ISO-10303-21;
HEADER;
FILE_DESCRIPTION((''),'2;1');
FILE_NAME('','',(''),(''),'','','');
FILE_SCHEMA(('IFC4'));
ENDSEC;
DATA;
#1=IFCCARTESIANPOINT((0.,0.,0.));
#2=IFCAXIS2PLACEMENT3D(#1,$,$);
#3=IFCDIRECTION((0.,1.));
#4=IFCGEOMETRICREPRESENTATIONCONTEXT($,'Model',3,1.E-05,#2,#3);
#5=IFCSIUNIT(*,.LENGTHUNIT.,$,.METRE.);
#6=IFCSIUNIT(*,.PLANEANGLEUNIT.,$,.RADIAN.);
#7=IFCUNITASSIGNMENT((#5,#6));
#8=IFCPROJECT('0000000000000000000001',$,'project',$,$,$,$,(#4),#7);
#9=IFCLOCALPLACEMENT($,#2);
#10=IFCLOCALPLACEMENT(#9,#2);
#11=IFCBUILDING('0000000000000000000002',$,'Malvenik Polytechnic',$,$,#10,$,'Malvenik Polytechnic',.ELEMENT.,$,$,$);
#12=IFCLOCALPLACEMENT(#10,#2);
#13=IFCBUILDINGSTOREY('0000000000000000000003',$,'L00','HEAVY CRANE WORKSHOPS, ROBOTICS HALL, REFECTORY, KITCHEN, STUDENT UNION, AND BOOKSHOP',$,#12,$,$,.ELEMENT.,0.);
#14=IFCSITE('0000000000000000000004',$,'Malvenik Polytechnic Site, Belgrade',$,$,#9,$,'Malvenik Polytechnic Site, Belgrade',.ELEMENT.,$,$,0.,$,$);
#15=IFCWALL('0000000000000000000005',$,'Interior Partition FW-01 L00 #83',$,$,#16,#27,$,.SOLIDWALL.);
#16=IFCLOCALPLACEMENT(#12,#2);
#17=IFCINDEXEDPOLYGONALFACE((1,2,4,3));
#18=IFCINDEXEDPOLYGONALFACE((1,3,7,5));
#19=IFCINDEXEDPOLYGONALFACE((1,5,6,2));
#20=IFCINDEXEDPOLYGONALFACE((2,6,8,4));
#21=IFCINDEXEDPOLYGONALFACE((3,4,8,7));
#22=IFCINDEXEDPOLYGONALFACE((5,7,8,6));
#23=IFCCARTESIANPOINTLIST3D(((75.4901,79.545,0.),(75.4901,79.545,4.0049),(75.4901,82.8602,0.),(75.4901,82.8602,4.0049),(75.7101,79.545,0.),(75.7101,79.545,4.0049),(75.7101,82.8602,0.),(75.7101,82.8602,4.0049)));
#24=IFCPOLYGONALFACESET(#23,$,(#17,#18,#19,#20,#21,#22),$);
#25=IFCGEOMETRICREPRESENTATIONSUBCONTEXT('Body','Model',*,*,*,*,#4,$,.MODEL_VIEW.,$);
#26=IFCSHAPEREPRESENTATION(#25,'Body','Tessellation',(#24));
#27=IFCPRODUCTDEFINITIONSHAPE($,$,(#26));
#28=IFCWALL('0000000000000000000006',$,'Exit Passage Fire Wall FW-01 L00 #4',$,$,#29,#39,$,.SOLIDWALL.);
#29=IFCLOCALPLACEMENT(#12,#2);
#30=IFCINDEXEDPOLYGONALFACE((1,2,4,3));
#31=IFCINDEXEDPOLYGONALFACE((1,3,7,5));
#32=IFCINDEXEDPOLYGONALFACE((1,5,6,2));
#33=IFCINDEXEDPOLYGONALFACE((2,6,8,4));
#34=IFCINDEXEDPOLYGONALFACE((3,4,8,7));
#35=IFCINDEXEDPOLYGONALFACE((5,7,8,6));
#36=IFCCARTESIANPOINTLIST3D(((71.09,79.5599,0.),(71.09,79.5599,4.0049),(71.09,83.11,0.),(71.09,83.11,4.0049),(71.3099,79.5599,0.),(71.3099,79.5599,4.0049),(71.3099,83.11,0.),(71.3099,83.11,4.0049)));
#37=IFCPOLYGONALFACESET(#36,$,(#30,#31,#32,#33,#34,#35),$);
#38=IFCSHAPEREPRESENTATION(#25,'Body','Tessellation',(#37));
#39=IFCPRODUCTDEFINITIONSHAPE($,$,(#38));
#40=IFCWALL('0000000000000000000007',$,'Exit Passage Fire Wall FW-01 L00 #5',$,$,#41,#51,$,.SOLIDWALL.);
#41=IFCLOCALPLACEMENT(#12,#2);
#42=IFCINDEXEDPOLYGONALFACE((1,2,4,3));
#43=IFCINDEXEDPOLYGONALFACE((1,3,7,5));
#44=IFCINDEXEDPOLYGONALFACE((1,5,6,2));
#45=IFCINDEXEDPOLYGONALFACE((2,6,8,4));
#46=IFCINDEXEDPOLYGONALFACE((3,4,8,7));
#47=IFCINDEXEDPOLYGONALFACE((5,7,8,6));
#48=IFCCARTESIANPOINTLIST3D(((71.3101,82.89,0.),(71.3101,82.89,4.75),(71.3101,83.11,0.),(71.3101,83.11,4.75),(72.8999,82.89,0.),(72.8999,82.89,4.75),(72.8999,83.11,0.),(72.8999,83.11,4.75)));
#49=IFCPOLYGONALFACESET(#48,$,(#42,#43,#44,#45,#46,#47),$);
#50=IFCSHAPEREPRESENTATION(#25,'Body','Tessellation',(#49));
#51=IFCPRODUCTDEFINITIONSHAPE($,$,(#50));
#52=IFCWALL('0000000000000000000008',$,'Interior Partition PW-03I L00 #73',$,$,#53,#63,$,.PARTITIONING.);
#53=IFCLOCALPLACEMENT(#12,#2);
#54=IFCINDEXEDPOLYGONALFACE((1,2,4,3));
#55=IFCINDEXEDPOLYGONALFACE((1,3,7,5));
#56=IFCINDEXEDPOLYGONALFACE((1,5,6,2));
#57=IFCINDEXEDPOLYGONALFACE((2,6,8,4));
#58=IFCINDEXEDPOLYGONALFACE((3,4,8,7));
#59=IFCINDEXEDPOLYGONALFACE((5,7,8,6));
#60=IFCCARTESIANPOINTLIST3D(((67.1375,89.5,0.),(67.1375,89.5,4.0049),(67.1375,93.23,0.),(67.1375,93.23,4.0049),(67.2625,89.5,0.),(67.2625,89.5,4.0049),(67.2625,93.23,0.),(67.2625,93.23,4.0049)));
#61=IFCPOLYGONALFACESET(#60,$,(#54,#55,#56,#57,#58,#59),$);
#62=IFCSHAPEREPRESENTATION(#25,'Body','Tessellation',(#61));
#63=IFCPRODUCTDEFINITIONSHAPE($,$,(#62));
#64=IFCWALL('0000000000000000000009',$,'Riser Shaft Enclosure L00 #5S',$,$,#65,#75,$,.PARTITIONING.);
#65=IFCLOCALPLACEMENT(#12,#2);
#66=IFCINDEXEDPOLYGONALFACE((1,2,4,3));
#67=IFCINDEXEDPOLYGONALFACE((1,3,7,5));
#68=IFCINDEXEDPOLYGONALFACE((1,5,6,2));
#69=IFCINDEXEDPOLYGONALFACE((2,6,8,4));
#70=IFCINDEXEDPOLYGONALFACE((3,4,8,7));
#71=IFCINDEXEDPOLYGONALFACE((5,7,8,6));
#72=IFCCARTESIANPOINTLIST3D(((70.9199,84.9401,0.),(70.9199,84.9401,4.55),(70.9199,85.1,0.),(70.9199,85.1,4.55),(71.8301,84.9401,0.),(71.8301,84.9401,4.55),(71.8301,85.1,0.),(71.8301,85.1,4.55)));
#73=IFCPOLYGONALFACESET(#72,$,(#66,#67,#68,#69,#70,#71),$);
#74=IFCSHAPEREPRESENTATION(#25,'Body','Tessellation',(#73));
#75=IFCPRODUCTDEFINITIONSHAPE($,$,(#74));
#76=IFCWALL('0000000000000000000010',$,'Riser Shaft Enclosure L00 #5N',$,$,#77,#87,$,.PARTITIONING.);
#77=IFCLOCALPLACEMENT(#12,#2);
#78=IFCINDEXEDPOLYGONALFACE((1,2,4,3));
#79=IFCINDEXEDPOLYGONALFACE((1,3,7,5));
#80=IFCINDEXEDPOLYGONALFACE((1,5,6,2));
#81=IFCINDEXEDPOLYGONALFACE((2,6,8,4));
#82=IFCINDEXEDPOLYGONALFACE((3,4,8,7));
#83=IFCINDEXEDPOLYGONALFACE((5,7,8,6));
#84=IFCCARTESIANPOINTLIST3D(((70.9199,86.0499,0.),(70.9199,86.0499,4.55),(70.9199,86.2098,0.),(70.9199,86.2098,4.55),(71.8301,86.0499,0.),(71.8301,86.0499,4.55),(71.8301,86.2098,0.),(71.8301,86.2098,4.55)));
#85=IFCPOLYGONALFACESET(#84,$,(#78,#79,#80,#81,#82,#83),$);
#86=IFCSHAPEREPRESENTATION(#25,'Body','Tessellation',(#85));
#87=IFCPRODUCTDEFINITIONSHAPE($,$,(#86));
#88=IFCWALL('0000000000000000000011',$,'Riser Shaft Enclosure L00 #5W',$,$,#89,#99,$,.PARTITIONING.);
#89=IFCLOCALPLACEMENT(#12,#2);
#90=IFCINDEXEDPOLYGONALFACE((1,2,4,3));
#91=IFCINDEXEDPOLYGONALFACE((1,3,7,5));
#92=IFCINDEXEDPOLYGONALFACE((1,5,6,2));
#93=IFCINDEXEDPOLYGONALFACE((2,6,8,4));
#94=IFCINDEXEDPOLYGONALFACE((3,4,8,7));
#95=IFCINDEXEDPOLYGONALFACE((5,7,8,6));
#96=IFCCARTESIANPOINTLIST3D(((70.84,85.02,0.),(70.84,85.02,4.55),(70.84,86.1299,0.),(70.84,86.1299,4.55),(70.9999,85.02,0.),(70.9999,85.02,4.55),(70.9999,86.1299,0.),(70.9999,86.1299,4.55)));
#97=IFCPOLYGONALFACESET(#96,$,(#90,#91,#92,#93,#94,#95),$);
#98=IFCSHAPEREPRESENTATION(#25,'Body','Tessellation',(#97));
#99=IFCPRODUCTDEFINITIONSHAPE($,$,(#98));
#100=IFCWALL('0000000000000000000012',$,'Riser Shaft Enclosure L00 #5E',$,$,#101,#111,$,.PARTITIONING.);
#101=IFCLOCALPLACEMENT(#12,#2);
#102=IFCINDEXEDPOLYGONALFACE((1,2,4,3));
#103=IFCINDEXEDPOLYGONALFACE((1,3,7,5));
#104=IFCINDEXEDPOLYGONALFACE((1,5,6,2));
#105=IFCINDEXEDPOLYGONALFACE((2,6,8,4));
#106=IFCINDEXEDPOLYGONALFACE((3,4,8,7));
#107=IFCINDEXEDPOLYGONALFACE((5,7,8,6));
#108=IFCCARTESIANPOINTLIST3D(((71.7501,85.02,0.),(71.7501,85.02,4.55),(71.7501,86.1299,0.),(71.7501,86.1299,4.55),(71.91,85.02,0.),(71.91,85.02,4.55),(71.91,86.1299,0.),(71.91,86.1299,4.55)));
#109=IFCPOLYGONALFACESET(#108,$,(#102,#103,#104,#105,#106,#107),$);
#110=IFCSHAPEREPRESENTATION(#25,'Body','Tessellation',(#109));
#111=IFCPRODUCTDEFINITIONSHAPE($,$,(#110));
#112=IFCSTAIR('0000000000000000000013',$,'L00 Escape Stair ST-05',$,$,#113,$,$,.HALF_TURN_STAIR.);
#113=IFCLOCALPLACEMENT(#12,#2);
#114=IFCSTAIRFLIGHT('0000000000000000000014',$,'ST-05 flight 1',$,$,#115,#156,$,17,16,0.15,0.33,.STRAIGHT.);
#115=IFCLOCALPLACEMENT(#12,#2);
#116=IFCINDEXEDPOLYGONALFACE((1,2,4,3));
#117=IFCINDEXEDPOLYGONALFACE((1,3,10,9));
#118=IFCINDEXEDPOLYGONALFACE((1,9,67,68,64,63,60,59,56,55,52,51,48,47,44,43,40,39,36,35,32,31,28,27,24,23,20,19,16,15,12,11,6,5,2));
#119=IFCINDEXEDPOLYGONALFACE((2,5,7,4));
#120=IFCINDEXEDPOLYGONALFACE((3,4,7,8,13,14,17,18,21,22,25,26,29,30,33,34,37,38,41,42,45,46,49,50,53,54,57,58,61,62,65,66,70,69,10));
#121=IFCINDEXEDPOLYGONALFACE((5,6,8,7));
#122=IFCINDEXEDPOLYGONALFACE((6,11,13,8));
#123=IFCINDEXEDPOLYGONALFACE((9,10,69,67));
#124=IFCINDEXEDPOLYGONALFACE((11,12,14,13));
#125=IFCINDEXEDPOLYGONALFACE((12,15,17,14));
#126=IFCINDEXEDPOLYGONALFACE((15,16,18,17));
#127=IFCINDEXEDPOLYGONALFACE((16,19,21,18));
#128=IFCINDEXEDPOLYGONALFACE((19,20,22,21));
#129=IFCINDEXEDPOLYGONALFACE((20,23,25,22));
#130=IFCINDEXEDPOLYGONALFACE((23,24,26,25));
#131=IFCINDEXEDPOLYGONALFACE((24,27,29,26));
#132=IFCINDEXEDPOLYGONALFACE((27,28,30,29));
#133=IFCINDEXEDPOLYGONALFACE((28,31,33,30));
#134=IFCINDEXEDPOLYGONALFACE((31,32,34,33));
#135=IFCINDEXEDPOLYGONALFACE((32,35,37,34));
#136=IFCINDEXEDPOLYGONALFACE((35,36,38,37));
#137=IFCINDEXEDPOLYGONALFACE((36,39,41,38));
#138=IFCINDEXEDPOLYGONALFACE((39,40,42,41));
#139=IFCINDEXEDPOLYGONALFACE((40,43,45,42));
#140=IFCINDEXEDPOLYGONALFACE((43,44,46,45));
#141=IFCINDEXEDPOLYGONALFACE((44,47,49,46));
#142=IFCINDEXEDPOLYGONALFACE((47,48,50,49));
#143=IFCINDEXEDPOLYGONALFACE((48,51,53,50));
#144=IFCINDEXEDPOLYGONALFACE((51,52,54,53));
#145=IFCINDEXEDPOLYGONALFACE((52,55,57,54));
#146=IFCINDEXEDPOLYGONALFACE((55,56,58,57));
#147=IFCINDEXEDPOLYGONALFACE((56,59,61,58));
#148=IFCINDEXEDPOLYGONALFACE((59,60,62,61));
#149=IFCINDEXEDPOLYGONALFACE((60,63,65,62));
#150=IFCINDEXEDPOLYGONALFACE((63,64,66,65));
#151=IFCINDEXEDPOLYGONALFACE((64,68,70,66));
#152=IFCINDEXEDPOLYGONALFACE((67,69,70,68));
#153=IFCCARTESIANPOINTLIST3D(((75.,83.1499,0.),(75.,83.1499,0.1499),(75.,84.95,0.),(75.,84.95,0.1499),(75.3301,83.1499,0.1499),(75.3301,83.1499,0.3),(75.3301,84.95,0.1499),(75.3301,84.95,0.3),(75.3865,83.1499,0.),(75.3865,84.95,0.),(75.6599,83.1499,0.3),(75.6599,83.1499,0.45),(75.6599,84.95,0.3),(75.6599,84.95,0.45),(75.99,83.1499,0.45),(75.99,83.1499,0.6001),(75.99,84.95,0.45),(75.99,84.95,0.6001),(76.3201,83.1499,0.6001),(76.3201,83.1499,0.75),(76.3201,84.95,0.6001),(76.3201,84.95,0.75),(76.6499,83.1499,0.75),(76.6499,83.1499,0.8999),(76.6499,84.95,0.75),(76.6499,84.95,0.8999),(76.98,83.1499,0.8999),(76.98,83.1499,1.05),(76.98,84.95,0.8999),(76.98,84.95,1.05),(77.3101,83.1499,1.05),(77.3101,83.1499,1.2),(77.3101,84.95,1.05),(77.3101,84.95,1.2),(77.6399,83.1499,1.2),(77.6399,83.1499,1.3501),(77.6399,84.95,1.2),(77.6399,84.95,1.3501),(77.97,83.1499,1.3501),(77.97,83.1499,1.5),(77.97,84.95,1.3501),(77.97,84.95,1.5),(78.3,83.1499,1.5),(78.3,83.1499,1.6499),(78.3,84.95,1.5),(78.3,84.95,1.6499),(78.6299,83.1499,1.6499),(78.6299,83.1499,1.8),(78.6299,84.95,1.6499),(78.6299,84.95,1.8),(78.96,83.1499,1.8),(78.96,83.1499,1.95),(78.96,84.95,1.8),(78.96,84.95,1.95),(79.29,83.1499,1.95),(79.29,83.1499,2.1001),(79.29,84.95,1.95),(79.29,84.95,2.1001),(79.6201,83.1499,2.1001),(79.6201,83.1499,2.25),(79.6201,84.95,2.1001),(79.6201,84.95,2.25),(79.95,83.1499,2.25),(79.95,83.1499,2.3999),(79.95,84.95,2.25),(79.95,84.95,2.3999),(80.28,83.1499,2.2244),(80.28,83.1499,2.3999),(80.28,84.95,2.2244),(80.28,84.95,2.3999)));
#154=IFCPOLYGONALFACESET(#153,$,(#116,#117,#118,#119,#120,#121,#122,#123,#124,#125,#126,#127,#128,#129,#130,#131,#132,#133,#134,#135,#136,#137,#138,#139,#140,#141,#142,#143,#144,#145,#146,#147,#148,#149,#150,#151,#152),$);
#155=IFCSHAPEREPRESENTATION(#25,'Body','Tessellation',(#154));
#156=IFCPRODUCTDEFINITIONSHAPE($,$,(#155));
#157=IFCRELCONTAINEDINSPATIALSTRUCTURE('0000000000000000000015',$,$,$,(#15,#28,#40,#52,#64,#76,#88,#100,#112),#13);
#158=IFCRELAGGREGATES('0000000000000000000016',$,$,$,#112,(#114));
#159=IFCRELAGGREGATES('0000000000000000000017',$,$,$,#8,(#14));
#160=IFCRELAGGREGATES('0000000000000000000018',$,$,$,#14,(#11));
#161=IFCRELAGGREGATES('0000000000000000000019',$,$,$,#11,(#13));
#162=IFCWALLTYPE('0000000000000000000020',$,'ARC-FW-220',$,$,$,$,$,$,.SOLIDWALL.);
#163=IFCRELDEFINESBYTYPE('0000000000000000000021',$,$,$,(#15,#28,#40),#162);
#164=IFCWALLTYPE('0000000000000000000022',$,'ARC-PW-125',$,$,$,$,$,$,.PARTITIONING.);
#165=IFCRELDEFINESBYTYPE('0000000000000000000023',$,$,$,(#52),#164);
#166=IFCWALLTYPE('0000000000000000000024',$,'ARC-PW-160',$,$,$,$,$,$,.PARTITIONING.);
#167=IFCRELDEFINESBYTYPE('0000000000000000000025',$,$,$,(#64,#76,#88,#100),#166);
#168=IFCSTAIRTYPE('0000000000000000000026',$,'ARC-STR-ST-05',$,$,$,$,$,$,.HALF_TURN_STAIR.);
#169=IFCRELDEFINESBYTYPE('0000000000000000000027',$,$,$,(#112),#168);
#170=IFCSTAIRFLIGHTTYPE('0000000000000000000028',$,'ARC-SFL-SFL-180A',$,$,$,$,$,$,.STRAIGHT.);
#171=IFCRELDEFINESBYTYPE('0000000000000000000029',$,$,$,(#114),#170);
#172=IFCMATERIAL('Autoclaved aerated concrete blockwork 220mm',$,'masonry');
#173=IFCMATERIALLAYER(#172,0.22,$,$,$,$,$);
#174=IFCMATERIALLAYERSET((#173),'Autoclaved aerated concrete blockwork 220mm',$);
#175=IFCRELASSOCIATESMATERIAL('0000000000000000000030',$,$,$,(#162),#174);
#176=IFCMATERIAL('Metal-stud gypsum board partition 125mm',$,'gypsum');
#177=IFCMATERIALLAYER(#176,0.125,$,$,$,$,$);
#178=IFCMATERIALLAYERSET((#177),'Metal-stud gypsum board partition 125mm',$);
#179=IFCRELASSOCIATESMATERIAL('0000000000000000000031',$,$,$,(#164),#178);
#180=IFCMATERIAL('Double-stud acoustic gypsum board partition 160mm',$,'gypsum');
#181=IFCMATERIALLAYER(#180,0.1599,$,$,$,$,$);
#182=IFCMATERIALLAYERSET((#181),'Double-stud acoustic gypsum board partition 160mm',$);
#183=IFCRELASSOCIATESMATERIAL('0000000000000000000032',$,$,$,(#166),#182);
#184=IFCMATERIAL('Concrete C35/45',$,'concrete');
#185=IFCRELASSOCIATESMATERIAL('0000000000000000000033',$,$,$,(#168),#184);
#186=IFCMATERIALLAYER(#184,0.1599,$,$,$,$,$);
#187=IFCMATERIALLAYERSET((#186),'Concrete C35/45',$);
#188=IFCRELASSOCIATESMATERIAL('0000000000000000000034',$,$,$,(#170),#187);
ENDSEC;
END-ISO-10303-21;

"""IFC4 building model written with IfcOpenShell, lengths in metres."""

from ifc_helpers import new_model, si_unit, direction, frame, frame_2d, origin, place, context, subcontext, project, spatial, polyline, rectangle, outline, extrude, material, layer, layer_set, type_object, element, aggregate, save


model = new_model("IFC4")

# Units and contexts
model_context = context("Model", 3, precision=1e-05, world=origin(), true_north=direction((0.0, 1.0)))
body_context = subcontext(model_context, "Body", "Model", "MODEL_VIEW")
ifc_project = project(units=[si_unit("LENGTHUNIT", "METRE"), si_unit("PLANEANGLEUNIT", "RADIAN")], contexts=[model_context])

# Site, building, storey
site_placement = place(None, origin())
site = spatial("IfcSite", under=ifc_project, at=site_placement, Name="Malvenik Polytechnic Site, Belgrade", LongName="Malvenik Polytechnic Site, Belgrade", CompositionType="ELEMENT", RefElevation=0.0)
building_placement = place(site_placement, origin())
building = spatial("IfcBuilding", under=site, at=building_placement, Name="Malvenik Polytechnic", LongName="Malvenik Polytechnic", CompositionType="ELEMENT")
storey_placement = place(building_placement, origin())
storey = spatial("IfcBuildingStorey", under=building, at=storey_placement, Name="L00", Description="HEAVY CRANE WORKSHOPS, ROBOTICS HALL, REFECTORY, KITCHEN, STUDENT UNION, AND BOOKSHOP", CompositionType="ELEMENT", Elevation=0.0)

# Shared definitions
ifc_material_1 = material(Name="Concrete C35/45", Category="concrete")

# Shared definitions
ifc_material_2 = material(Name="Autoclaved aerated concrete blockwork 220mm", Category="masonry")
ifc_layer_1 = layer(ifc_material_2, 0.22)
ifc_layer_set_1 = layer_set([ifc_layer_1], Name="Autoclaved aerated concrete blockwork 220mm")
wall_type_1 = type_object("IfcWallType", Name="ARC-FW-220", PredefinedType="SOLIDWALL", material=ifc_layer_set_1)

# Walls
wall_1_placement = place(storey_placement, frame((75.6001, 79.5449, 0.0), z_axis=(0.0, 0.0, 1.0), x_axis=(0.0, 1.0, 0.0)))
element("IfcWall", 1, at=wall_1_placement, inside=storey, type_object=wall_type_1, Name="Interior Partition FW-01 L00 #83", PredefinedType="SOLIDWALL", context=body_context, shape_type="SweptSolid", body=[
    extrude(rectangle(XDim=3.3152, YDim=0.22, at=frame_2d((1.6577, 0.0))), origin(), (0.0, 0.0, 1.0), 4.0049),
])
wall_2_placement = place(storey_placement, frame((71.2, 79.5601, 0.0), z_axis=(0.0, 0.0, 1.0), x_axis=(0.0, 1.0, 0.0)))
element("IfcWall", 2, at=wall_2_placement, inside=storey, type_object=wall_type_1, Name="Exit Passage Fire Wall FW-01 L00 #4", PredefinedType="SOLIDWALL", context=body_context, shape_type="SweptSolid", body=[
    extrude(rectangle(XDim=3.55, YDim=0.22, at=frame_2d((1.7749, 0.0))), origin(), (0.0, 0.0, 1.0), 4.0049),
])
wall_3_placement = place(storey_placement, frame((71.3101, 83.0, 0.0), z_axis=(0.0, 0.0, 1.0), x_axis=(1.0, 0.0, 0.0)))
element("IfcWall", 3, at=wall_3_placement, inside=storey, type_object=wall_type_1, Name="Exit Passage Fire Wall FW-01 L00 #5", PredefinedType="SOLIDWALL", context=body_context, shape_type="SweptSolid", body=[
    extrude(rectangle(XDim=1.5898, YDim=0.22, at=frame_2d((0.7949, 0.0))), origin(), (0.0, 0.0, 1.0), 4.75),
])
ifc_material_3 = material(Name="Metal-stud gypsum board partition 125mm", Category="gypsum")
ifc_layer_2 = layer(ifc_material_3, 0.125)
ifc_layer_set_2 = layer_set([ifc_layer_2], Name="Metal-stud gypsum board partition 125mm")
wall_type_2 = type_object("IfcWallType", Name="ARC-PW-125", PredefinedType="PARTITIONING", material=ifc_layer_set_2)
wall_4_placement = place(storey_placement, frame((67.2, 89.5, 0.0), z_axis=(0.0, 0.0, 1.0), x_axis=(0.0, 1.0, 0.0)))
element("IfcWall", 4, at=wall_4_placement, inside=storey, type_object=wall_type_2, Name="Interior Partition PW-03I L00 #73", PredefinedType="PARTITIONING", context=body_context, shape_type="SweptSolid", body=[
    extrude(rectangle(XDim=3.73, YDim=0.125, at=frame_2d((1.865, 0.0))), origin(), (0.0, 0.0, 1.0), 4.0049),
])
ifc_material_4 = material(Name="Double-stud acoustic gypsum board partition 160mm", Category="gypsum")
ifc_layer_3 = layer(ifc_material_4, 0.1599)
ifc_layer_set_3 = layer_set([ifc_layer_3], Name="Double-stud acoustic gypsum board partition 160mm")
wall_type_3 = type_object("IfcWallType", Name="ARC-PW-160", PredefinedType="PARTITIONING", material=ifc_layer_set_3)
for number, where, z_axis, x_axis, name in (
    (5, (70.9199, 85.02, 0.0), (0.0, 0.0, 1.0), (1.0, 0.0, 0.0), "Riser Shaft Enclosure L00 #5S"),
    (6, (71.8301, 86.1299, 0.0), (0.0, 0.0, 1.0), (-1.0, 0.0, 0.0), "Riser Shaft Enclosure L00 #5N"),
):
    element("IfcWall", number, at=place(storey_placement, frame(where, z_axis=z_axis, x_axis=x_axis)), inside=storey, type_object=wall_type_3, Name=name, PredefinedType="PARTITIONING", context=body_context, shape_type="SweptSolid", body=[
        extrude(rectangle(XDim=0.9102, YDim=0.1599, at=frame_2d((0.4551, 0.0))), origin(), (0.0, 0.0, 1.0), 4.55),
    ])
for number, where, z_axis, x_axis, name in (
    (7, (70.9199, 86.1299, 0.0), (0.0, 0.0, 1.0), (0.0, -1.0, 0.0), "Riser Shaft Enclosure L00 #5W"),
    (8, (71.8301, 85.02, 0.0), (0.0, 0.0, 1.0), (0.0, 1.0, 0.0), "Riser Shaft Enclosure L00 #5E"),
):
    element("IfcWall", number, at=place(storey_placement, frame(where, z_axis=z_axis, x_axis=x_axis)), inside=storey, type_object=wall_type_3, Name=name, PredefinedType="PARTITIONING", context=body_context, shape_type="SweptSolid", body=[
        extrude(rectangle(XDim=1.1099, YDim=0.1599, at=frame_2d((0.5549, 0.0))), origin(), (0.0, 0.0, 1.0), 4.55),
    ])

# Stair, stair flight
stair_type = type_object("IfcStairType", Name="ARC-STR-ST-05", PredefinedType="HALF_TURN_STAIR", material=ifc_material_1)
stair_placement = place(storey_placement, origin())
stair = element("IfcStair", 9, at=stair_placement, inside=storey, type_object=stair_type, Name="L00 Escape Stair ST-05", PredefinedType="HALF_TURN_STAIR")
ifc_layer_4 = layer(ifc_material_1, 0.1599)
ifc_layer_set_4 = layer_set([ifc_layer_4], Name="Concrete C35/45")
stair_flight_type = type_object("IfcStairFlightType", Name="ARC-SFL-SFL-180A", PredefinedType="STRAIGHT", material=ifc_layer_set_4)
stair_flight_placement = place(storey_placement, frame((75.0, 84.05, 0.0), z_axis=(0.0, 0.0, 1.0), x_axis=(1.0, 0.0, 0.0)))
stair_flight = element("IfcStairFlight", 10, at=stair_flight_placement, type_object=stair_flight_type, Name="ST-05 flight 1", NumberOfRisers=17, NumberOfTreads=16, PredefinedType="STRAIGHT", RiserHeight=0.15, TreadLength=0.33, context=body_context, shape_type="SweptSolid", body=[
    extrude(outline(polyline([(0.0, 0.0), (0.0, 0.1499), (0.3301, 0.1499), (0.3301, 0.3), (0.6599, 0.3), (0.6599, 0.45), (0.99, 0.45), (0.99, 0.6001), (1.3201, 0.6001), (1.3201, 0.75), (1.6499, 0.75), (1.6499, 0.8999), (1.98, 0.8999), (1.98, 1.05), (2.3101, 1.05), (2.3101, 1.2), (2.6399, 1.2), (2.6399, 1.3501), (2.97, 1.3501), (2.97, 1.5), (3.3, 1.5), (3.3, 1.6499), (3.6299, 1.6499), (3.6299, 1.8), (3.96, 1.8), (3.96, 1.95), (4.29, 1.95), (4.29, 2.1001), (4.6201, 2.1001), (4.6201, 2.25), (4.95, 2.25), (4.95, 2.3999), (5.28, 2.3999), (5.28, 2.55), (5.28, 2.2244), (0.3865, 0.0), (0.0, 0.0)])), frame((0.0, 0.8999, 0.0), z_axis=(0.0, -1.0, 0.0), x_axis=(1.0, 0.0, 0.0)), (0.0, 0.0, 1.0), 1.8),
])
aggregate(stair, [stair_flight])

save(model, "model.ifc")
